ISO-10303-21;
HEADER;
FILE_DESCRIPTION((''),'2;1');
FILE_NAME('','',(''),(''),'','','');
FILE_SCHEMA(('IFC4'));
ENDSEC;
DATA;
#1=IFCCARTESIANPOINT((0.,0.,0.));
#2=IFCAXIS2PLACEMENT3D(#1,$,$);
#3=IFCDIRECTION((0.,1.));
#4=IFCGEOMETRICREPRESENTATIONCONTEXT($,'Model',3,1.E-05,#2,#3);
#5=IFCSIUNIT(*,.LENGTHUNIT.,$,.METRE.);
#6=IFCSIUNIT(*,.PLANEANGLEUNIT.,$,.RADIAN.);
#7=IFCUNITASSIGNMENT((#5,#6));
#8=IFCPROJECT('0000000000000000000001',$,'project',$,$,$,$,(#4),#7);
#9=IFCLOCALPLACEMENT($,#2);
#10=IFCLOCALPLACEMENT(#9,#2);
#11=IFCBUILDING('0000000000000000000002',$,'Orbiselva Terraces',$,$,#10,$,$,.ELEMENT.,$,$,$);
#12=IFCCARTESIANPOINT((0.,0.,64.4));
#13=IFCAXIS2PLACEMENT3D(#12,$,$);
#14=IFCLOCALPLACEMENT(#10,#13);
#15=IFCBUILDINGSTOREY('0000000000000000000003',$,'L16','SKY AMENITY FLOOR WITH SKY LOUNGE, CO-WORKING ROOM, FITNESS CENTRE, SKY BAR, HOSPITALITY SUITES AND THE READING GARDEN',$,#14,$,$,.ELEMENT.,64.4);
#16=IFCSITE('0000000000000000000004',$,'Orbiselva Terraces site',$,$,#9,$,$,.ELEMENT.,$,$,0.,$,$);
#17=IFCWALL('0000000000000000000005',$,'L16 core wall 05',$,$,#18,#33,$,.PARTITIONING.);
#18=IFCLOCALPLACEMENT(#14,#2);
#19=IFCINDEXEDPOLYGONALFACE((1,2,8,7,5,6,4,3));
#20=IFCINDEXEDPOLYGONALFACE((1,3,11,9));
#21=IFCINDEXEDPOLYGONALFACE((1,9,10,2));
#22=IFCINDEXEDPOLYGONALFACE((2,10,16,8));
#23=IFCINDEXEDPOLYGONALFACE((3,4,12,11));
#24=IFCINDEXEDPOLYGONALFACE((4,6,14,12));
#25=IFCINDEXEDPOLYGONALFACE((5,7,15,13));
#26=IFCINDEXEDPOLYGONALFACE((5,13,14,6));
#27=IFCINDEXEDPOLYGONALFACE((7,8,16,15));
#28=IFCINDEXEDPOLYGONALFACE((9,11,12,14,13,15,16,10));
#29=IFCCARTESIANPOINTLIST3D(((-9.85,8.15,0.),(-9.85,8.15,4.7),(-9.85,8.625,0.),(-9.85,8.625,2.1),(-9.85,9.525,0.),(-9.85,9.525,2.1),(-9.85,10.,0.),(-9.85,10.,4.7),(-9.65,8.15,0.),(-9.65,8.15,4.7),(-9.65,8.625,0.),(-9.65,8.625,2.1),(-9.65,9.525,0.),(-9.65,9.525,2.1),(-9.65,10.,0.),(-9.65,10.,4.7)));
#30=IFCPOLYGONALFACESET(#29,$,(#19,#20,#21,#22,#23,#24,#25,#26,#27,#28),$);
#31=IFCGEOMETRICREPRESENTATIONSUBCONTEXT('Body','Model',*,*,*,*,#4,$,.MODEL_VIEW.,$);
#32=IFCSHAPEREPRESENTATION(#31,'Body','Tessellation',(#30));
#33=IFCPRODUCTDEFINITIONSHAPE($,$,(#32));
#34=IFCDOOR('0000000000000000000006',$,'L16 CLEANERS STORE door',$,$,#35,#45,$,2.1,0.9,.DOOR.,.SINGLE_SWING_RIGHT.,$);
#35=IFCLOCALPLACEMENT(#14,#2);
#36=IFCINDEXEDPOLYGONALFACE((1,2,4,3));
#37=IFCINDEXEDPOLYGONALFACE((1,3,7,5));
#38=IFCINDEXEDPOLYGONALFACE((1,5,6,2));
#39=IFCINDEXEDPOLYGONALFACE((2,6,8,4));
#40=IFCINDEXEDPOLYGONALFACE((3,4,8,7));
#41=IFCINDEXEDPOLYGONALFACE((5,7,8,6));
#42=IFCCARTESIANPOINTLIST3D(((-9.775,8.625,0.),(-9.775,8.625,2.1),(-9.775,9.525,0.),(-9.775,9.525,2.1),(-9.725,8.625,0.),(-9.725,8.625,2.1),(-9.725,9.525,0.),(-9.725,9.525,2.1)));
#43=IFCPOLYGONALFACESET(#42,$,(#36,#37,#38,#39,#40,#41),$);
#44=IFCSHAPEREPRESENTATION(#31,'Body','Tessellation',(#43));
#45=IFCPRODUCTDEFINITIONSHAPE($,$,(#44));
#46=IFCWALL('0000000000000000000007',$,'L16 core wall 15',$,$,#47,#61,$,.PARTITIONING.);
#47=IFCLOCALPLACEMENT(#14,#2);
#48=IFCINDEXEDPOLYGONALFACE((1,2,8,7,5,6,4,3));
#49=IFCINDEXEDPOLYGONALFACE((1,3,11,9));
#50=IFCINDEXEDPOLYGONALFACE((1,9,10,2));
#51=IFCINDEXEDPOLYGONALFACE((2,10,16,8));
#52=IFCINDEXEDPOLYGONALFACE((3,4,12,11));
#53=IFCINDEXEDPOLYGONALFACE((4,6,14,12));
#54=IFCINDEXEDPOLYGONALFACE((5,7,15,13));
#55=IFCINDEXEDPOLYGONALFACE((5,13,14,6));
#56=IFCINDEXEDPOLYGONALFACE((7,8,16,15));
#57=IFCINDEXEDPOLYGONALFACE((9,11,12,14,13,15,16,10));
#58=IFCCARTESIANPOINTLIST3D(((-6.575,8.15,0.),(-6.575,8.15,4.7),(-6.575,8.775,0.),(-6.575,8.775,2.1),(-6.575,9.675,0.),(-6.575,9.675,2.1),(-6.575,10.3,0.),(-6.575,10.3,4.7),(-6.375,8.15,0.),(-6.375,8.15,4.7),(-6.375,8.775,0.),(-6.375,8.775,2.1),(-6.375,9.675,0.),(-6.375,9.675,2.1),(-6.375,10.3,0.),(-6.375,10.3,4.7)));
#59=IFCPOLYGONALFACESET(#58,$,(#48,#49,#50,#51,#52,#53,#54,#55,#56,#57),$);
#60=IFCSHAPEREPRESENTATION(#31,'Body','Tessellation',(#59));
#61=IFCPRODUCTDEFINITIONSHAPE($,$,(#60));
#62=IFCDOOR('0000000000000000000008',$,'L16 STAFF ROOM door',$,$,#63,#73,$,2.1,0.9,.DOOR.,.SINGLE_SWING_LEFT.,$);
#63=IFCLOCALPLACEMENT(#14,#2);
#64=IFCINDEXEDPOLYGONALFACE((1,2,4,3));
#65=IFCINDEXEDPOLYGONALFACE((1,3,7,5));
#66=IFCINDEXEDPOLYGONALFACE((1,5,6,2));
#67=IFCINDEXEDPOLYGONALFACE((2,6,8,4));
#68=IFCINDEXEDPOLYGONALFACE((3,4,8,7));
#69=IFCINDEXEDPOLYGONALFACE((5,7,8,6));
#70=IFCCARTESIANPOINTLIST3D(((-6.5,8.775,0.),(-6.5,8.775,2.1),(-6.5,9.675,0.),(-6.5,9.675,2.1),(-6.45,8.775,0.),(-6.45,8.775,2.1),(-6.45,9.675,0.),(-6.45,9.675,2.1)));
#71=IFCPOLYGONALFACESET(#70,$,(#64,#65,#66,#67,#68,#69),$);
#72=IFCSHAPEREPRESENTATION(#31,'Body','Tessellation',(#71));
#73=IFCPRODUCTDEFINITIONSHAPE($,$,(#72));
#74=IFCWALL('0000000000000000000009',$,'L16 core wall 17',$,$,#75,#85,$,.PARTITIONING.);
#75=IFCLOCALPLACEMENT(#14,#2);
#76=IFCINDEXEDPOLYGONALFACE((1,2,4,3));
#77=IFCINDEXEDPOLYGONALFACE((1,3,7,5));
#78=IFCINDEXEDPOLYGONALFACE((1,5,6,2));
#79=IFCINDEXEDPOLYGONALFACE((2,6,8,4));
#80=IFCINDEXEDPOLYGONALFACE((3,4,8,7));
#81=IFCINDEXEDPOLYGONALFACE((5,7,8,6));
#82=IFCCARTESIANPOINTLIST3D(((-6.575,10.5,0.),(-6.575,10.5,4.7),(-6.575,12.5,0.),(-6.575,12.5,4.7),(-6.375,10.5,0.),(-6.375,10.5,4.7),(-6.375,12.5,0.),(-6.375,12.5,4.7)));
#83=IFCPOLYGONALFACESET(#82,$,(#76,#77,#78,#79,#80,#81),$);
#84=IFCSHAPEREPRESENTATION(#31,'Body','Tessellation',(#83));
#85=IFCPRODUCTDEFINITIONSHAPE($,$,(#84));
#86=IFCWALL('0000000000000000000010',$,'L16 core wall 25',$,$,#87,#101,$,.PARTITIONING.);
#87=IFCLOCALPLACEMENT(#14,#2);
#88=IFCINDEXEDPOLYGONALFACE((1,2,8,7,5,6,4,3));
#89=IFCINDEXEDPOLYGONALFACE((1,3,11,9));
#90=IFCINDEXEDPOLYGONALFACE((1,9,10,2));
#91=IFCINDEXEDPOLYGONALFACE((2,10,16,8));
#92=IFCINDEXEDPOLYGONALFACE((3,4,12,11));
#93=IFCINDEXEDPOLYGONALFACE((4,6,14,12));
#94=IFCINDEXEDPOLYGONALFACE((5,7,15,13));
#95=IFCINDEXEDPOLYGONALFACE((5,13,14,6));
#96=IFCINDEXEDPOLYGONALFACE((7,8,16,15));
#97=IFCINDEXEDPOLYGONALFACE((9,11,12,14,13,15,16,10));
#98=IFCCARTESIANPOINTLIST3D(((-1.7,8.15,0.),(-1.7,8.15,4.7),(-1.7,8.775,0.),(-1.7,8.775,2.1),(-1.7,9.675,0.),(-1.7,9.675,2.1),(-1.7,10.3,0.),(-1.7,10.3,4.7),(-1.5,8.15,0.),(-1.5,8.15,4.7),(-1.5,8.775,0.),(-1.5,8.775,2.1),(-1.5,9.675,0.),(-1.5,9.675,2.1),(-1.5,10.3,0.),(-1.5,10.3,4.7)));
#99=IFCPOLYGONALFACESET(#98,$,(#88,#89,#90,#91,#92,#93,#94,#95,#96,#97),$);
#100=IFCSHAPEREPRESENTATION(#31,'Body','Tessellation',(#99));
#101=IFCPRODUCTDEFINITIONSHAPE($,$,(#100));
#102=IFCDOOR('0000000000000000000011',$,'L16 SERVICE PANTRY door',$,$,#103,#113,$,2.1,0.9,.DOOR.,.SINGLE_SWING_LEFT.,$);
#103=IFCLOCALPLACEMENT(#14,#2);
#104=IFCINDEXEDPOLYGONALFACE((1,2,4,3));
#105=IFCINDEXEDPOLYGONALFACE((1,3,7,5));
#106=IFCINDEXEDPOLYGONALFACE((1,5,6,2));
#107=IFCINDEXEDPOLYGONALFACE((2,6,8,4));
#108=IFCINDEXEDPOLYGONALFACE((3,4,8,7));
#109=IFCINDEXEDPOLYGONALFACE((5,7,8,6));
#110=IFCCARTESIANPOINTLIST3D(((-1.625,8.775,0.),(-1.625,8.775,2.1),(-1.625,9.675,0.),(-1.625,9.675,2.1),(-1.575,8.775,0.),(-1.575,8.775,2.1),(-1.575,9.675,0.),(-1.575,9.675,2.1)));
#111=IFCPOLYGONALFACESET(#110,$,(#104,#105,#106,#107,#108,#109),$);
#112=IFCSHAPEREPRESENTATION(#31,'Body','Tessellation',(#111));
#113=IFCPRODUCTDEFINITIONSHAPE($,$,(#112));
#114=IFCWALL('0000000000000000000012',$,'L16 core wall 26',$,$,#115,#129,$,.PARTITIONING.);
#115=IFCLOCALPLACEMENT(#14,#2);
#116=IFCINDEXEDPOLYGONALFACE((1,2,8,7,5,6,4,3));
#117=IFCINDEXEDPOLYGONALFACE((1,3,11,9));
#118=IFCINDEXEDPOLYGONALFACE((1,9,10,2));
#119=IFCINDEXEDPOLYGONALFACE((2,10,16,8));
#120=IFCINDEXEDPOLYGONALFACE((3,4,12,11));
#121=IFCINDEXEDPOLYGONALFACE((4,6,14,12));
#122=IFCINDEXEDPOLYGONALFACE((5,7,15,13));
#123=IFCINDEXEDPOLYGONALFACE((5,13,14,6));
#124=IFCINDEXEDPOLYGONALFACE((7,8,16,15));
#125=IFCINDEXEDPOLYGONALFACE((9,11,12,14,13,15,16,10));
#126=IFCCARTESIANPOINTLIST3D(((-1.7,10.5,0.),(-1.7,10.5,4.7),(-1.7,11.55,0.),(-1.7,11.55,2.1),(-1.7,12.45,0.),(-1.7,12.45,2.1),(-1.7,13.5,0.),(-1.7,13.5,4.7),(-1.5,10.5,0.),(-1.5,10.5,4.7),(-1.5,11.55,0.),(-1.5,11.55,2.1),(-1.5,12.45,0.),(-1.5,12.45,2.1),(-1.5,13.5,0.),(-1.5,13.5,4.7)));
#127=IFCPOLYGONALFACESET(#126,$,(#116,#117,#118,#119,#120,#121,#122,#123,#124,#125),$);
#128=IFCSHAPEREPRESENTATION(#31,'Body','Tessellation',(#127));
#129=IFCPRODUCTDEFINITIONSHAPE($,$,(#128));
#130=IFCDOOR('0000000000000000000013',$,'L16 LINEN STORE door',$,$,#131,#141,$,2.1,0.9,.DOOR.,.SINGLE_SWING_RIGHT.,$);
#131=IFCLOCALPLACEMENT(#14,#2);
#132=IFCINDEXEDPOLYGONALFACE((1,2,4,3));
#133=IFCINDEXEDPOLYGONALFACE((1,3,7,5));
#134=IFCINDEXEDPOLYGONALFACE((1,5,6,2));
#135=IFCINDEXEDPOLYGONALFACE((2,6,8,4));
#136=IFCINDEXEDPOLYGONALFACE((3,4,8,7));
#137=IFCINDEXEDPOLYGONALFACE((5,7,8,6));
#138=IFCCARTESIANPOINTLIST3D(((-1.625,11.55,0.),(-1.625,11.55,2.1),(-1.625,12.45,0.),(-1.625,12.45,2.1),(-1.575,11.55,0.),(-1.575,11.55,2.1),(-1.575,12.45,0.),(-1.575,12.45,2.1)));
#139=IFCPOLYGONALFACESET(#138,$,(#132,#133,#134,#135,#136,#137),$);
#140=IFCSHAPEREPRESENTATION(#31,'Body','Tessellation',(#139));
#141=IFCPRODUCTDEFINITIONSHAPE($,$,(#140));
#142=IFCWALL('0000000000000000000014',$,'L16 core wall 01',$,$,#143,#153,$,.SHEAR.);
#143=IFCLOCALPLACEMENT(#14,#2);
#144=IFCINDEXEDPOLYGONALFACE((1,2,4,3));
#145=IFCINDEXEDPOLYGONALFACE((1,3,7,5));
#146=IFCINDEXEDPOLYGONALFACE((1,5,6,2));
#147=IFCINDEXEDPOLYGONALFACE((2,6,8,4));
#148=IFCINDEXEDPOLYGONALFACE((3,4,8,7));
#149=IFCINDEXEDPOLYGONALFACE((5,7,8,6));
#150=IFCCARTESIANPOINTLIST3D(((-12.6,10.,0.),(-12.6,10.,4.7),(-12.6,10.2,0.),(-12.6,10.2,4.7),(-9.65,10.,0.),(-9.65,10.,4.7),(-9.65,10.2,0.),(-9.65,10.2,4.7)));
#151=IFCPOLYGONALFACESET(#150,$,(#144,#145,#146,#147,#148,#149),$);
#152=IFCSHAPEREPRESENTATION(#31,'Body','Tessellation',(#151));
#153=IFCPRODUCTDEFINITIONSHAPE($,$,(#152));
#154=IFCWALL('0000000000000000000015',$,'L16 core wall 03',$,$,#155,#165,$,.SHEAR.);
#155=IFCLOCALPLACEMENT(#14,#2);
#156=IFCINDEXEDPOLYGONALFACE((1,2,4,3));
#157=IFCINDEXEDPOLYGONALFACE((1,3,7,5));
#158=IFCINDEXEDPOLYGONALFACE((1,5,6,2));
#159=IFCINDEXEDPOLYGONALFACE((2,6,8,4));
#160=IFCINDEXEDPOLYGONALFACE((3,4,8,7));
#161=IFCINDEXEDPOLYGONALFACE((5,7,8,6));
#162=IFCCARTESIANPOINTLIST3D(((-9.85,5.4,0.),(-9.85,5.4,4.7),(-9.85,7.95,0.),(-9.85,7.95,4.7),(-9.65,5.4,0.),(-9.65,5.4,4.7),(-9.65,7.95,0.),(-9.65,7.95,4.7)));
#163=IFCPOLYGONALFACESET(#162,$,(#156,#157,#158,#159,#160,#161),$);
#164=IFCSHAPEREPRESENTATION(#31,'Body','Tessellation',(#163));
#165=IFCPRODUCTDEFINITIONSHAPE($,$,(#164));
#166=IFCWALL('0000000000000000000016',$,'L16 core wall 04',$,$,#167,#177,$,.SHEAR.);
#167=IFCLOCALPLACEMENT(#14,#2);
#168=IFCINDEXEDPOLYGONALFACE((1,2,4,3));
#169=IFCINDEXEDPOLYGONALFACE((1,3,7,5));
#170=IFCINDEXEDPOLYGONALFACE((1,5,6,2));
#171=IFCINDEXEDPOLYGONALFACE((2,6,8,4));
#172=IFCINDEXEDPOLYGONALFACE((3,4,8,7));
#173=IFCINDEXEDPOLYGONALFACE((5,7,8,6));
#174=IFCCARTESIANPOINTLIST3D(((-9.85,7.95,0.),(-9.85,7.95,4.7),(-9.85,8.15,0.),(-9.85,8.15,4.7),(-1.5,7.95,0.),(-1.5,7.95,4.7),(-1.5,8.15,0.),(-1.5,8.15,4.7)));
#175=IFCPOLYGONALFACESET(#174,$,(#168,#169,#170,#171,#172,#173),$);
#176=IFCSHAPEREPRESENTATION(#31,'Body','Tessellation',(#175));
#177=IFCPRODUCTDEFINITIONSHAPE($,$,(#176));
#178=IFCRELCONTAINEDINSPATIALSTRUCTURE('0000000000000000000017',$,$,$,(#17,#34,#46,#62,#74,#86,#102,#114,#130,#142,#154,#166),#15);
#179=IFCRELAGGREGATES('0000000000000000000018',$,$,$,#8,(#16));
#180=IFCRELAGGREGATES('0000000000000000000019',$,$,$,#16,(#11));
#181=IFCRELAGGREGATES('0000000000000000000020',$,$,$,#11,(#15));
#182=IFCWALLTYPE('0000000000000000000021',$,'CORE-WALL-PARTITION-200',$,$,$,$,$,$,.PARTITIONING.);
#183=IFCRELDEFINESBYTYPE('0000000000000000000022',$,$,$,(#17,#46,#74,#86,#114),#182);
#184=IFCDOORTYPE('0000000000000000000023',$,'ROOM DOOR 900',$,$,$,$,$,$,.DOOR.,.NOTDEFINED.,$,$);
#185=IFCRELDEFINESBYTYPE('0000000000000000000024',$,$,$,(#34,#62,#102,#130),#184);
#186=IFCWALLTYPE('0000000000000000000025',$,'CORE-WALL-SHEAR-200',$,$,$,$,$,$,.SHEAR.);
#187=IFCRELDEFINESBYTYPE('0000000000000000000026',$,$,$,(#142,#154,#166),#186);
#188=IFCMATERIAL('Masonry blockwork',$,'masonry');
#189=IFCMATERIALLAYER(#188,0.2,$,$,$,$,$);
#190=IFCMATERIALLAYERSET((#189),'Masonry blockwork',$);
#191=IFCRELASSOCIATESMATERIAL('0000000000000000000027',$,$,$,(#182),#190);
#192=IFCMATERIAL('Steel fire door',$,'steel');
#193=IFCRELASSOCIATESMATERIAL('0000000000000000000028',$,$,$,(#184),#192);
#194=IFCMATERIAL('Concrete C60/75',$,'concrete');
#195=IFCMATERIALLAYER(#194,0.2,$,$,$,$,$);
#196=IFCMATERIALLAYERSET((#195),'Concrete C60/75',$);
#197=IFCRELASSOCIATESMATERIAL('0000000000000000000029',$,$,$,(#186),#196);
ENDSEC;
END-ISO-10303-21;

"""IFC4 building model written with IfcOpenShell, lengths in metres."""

from ifc_helpers import new_model, si_unit, direction, frame, frame_2d, origin, place, context, subcontext, project, spatial, rectangle, extrude, material, layer, layer_set, type_object, element, fill, save


model = new_model("IFC4")

# Units and contexts
model_context = context("Model", 3, precision=1e-05, world=origin(), true_north=direction((0.0, 1.0)))
body_context = subcontext(model_context, "Body", "Model", "MODEL_VIEW")
ifc_project = project(units=[si_unit("LENGTHUNIT", "METRE"), si_unit("PLANEANGLEUNIT", "RADIAN")], contexts=[model_context])

# Site, building, storey
site_placement = place(None, origin())
site = spatial("IfcSite", under=ifc_project, at=site_placement, Name="Orbiselva Terraces site", CompositionType="ELEMENT", RefElevation=0.0)
building_placement = place(site_placement, origin())
building = spatial("IfcBuilding", under=site, at=building_placement, Name="Orbiselva Terraces", CompositionType="ELEMENT")
storey_placement = place(building_placement, frame((0.0, 0.0, 64.4)))
storey = spatial("IfcBuildingStorey", under=building, at=storey_placement, Name="L16", Description="SKY AMENITY FLOOR WITH SKY LOUNGE, CO-WORKING ROOM, FITNESS CENTRE, SKY BAR, HOSPITALITY SUITES AND THE READING GARDEN", CompositionType="ELEMENT", Elevation=64.4)

# Walls, openings, doors
ifc_material_1 = material(Name="Masonry blockwork", Category="masonry")
ifc_layer_1 = layer(ifc_material_1, 0.2)
ifc_layer_set_1 = layer_set([ifc_layer_1], Name="Masonry blockwork")
wall_type_1 = type_object("IfcWallType", Name="CORE-WALL-PARTITION-200", PredefinedType="PARTITIONING", material=ifc_layer_set_1)
wall_1_placement = place(storey_placement, frame((-9.75, 8.15, 0.0), z_axis=(0.0, 0.0, 1.0), x_axis=(0.0, 1.0, 0.0)))
wall_1 = element("IfcWall", 1, at=wall_1_placement, inside=storey, type_object=wall_type_1, Name="L16 core wall 05", PredefinedType="PARTITIONING", context=body_context, shape_type="SweptSolid", body=[
    extrude(rectangle(XDim=1.85, YDim=0.2, at=frame_2d((0.925, 0.0))), origin(), (0.0, 0.0, 1.0), 4.7),
])
opening_1_placement = place(wall_1_placement, frame((0.475, 0.0, 0.0)))
opening_1 = element("IfcOpeningElement", 2, at=opening_1_placement, cuts=wall_1, PredefinedType="OPENING", context=body_context, shape_type="SweptSolid", body=[
    extrude(rectangle(XDim=0.9, YDim=2.1, at=frame_2d((0.45, 1.05))), frame((0.0, 0.11, 0.0), z_axis=(0.0, -1.0, 0.0), x_axis=(1.0, 0.0, 0.0)), (0.0, 0.0, 1.0), 0.22),
])
ifc_material_2 = material(Name="Steel fire door", Category="steel")
door_type = type_object("IfcDoorType", Name="ROOM DOOR 900", OperationType="NOTDEFINED", PredefinedType="DOOR", material=ifc_material_2)
door_1_placement = place(opening_1_placement, origin())
door_1 = element("IfcDoor", 3, at=door_1_placement, inside=storey, type_object=door_type, Name="L16 CLEANERS STORE door", OperationType="SINGLE_SWING_RIGHT", OverallHeight=2.1, OverallWidth=0.9, PredefinedType="DOOR", context=body_context, shape_type="SweptSolid", body=[
    extrude(rectangle(XDim=0.9, YDim=2.1, at=frame_2d((0.45, 1.05))), frame((0.0, 0.025, 0.0), z_axis=(0.0, -1.0, 0.0), x_axis=(1.0, 0.0, 0.0)), (0.0, 0.0, 1.0), 0.05),
])
fill(opening_1, door_1)
wall_2_placement = place(storey_placement, frame((-6.475, 8.15, 0.0), z_axis=(0.0, 0.0, 1.0), x_axis=(0.0, 1.0, 0.0)))
wall_2 = element("IfcWall", 4, at=wall_2_placement, inside=storey, type_object=wall_type_1, Name="L16 core wall 15", PredefinedType="PARTITIONING", context=body_context, shape_type="SweptSolid", body=[
    extrude(rectangle(XDim=2.15, YDim=0.2, at=frame_2d((1.075, 0.0))), origin(), (0.0, 0.0, 1.0), 4.7),
])
opening_2_placement = place(wall_2_placement, frame((0.625, 0.0, 0.0)))
opening_2 = element("IfcOpeningElement", 5, at=opening_2_placement, cuts=wall_2, PredefinedType="OPENING", context=body_context, shape_type="SweptSolid", body=[
    extrude(rectangle(XDim=0.9, YDim=2.1, at=frame_2d((0.45, 1.05))), frame((0.0, 0.11, 0.0), z_axis=(0.0, -1.0, 0.0), x_axis=(1.0, 0.0, 0.0)), (0.0, 0.0, 1.0), 0.22),
])
door_2_placement = place(opening_2_placement, origin())
door_2 = element("IfcDoor", 6, at=door_2_placement, inside=storey, type_object=door_type, Name="L16 STAFF ROOM door", OperationType="SINGLE_SWING_LEFT", OverallHeight=2.1, OverallWidth=0.9, PredefinedType="DOOR", context=body_context, shape_type="SweptSolid", body=[
    extrude(rectangle(XDim=0.9, YDim=2.1, at=frame_2d((0.45, 1.05))), frame((0.0, 0.025, 0.0), z_axis=(0.0, -1.0, 0.0), x_axis=(1.0, 0.0, 0.0)), (0.0, 0.0, 1.0), 0.05),
])
fill(opening_2, door_2)

# Wall
wall_3_placement = place(storey_placement, frame((-6.475, 10.5, 0.0), z_axis=(0.0, 0.0, 1.0), x_axis=(0.0, 1.0, 0.0)))
element("IfcWall", 7, at=wall_3_placement, inside=storey, type_object=wall_type_1, Name="L16 core wall 17", PredefinedType="PARTITIONING", context=body_context, shape_type="SweptSolid", body=[
    extrude(rectangle(XDim=2.0, YDim=0.2, at=frame_2d((1.0, 0.0))), origin(), (0.0, 0.0, 1.0), 4.7),
])

# Walls, openings, doors
wall_4_placement = place(storey_placement, frame((-1.6, 8.15, 0.0), z_axis=(0.0, 0.0, 1.0), x_axis=(0.0, 1.0, 0.0)))
wall_4 = element("IfcWall", 8, at=wall_4_placement, inside=storey, type_object=wall_type_1, Name="L16 core wall 25", PredefinedType="PARTITIONING", context=body_context, shape_type="SweptSolid", body=[
    extrude(rectangle(XDim=2.15, YDim=0.2, at=frame_2d((1.075, 0.0))), origin(), (0.0, 0.0, 1.0), 4.7),
])
opening_3_placement = place(wall_4_placement, frame((0.625, 0.0, 0.0)))
opening_3 = element("IfcOpeningElement", 9, at=opening_3_placement, cuts=wall_4, PredefinedType="OPENING", context=body_context, shape_type="SweptSolid", body=[
    extrude(rectangle(XDim=0.9, YDim=2.1, at=frame_2d((0.45, 1.05))), frame((0.0, 0.11, 0.0), z_axis=(0.0, -1.0, 0.0), x_axis=(1.0, 0.0, 0.0)), (0.0, 0.0, 1.0), 0.22),
])
door_3_placement = place(opening_3_placement, origin())
door_3 = element("IfcDoor", 10, at=door_3_placement, inside=storey, type_object=door_type, Name="L16 SERVICE PANTRY door", OperationType="SINGLE_SWING_LEFT", OverallHeight=2.1, OverallWidth=0.9, PredefinedType="DOOR", context=body_context, shape_type="SweptSolid", body=[
    extrude(rectangle(XDim=0.9, YDim=2.1, at=frame_2d((0.45, 1.05))), frame((0.0, 0.025, 0.0), z_axis=(0.0, -1.0, 0.0), x_axis=(1.0, 0.0, 0.0)), (0.0, 0.0, 1.0), 0.05),
])
fill(opening_3, door_3)
wall_5_placement = place(storey_placement, frame((-1.6, 10.5, 0.0), z_axis=(0.0, 0.0, 1.0), x_axis=(0.0, 1.0, 0.0)))
wall_5 = element("IfcWall", 11, at=wall_5_placement, inside=storey, type_object=wall_type_1, Name="L16 core wall 26", PredefinedType="PARTITIONING", context=body_context, shape_type="SweptSolid", body=[
    extrude(rectangle(XDim=3.0, YDim=0.2, at=frame_2d((1.5, 0.0))), origin(), (0.0, 0.0, 1.0), 4.7),
])
opening_4_placement = place(wall_5_placement, frame((1.05, 0.0, 0.0)))
opening_4 = element("IfcOpeningElement", 12, at=opening_4_placement, cuts=wall_5, PredefinedType="OPENING", context=body_context, shape_type="SweptSolid", body=[
    extrude(rectangle(XDim=0.9, YDim=2.1, at=frame_2d((0.45, 1.05))), frame((0.0, 0.11, 0.0), z_axis=(0.0, -1.0, 0.0), x_axis=(1.0, 0.0, 0.0)), (0.0, 0.0, 1.0), 0.22),
])
door_4_placement = place(opening_4_placement, origin())
door_4 = element("IfcDoor", 13, at=door_4_placement, inside=storey, type_object=door_type, Name="L16 LINEN STORE door", OperationType="SINGLE_SWING_RIGHT", OverallHeight=2.1, OverallWidth=0.9, PredefinedType="DOOR", context=body_context, shape_type="SweptSolid", body=[
    extrude(rectangle(XDim=0.9, YDim=2.1, at=frame_2d((0.45, 1.05))), frame((0.0, 0.025, 0.0), z_axis=(0.0, -1.0, 0.0), x_axis=(1.0, 0.0, 0.0)), (0.0, 0.0, 1.0), 0.05),
])
fill(opening_4, door_4)

# Walls
ifc_material_3 = material(Name="Concrete C60/75", Category="concrete")
ifc_layer_2 = layer(ifc_material_3, 0.2)
ifc_layer_set_2 = layer_set([ifc_layer_2], Name="Concrete C60/75")
wall_type_2 = type_object("IfcWallType", Name="CORE-WALL-SHEAR-200", PredefinedType="SHEAR", material=ifc_layer_set_2)
wall_6_placement = place(storey_placement, frame((-12.6, 10.1, 0.0), z_axis=(0.0, 0.0, 1.0), x_axis=(1.0, 0.0, 0.0)))
element("IfcWall", 14, at=wall_6_placement, inside=storey, type_object=wall_type_2, Name="L16 core wall 01", PredefinedType="SHEAR", context=body_context, shape_type="SweptSolid", body=[
    extrude(rectangle(XDim=2.95, YDim=0.2, at=frame_2d((1.475, 0.0))), origin(), (0.0, 0.0, 1.0), 4.7),
])
wall_7_placement = place(storey_placement, frame((-9.75, 5.4, 0.0), z_axis=(0.0, 0.0, 1.0), x_axis=(0.0, 1.0, 0.0)))
element("IfcWall", 15, at=wall_7_placement, inside=storey, type_object=wall_type_2, Name="L16 core wall 03", PredefinedType="SHEAR", context=body_context, shape_type="SweptSolid", body=[
    extrude(rectangle(XDim=2.55, YDim=0.2, at=frame_2d((1.275, 0.0))), origin(), (0.0, 0.0, 1.0), 4.7),
])
wall_8_placement = place(storey_placement, frame((-9.85, 8.05, 0.0), z_axis=(0.0, 0.0, 1.0), x_axis=(1.0, 0.0, 0.0)))
element("IfcWall", 16, at=wall_8_placement, inside=storey, type_object=wall_type_2, Name="L16 core wall 04", PredefinedType="SHEAR", context=body_context, shape_type="SweptSolid", body=[
    extrude(rectangle(XDim=8.35, YDim=0.2, at=frame_2d((4.175, 0.0))), origin(), (0.0, 0.0, 1.0), 4.7),
])

save(model, "model.ifc")
